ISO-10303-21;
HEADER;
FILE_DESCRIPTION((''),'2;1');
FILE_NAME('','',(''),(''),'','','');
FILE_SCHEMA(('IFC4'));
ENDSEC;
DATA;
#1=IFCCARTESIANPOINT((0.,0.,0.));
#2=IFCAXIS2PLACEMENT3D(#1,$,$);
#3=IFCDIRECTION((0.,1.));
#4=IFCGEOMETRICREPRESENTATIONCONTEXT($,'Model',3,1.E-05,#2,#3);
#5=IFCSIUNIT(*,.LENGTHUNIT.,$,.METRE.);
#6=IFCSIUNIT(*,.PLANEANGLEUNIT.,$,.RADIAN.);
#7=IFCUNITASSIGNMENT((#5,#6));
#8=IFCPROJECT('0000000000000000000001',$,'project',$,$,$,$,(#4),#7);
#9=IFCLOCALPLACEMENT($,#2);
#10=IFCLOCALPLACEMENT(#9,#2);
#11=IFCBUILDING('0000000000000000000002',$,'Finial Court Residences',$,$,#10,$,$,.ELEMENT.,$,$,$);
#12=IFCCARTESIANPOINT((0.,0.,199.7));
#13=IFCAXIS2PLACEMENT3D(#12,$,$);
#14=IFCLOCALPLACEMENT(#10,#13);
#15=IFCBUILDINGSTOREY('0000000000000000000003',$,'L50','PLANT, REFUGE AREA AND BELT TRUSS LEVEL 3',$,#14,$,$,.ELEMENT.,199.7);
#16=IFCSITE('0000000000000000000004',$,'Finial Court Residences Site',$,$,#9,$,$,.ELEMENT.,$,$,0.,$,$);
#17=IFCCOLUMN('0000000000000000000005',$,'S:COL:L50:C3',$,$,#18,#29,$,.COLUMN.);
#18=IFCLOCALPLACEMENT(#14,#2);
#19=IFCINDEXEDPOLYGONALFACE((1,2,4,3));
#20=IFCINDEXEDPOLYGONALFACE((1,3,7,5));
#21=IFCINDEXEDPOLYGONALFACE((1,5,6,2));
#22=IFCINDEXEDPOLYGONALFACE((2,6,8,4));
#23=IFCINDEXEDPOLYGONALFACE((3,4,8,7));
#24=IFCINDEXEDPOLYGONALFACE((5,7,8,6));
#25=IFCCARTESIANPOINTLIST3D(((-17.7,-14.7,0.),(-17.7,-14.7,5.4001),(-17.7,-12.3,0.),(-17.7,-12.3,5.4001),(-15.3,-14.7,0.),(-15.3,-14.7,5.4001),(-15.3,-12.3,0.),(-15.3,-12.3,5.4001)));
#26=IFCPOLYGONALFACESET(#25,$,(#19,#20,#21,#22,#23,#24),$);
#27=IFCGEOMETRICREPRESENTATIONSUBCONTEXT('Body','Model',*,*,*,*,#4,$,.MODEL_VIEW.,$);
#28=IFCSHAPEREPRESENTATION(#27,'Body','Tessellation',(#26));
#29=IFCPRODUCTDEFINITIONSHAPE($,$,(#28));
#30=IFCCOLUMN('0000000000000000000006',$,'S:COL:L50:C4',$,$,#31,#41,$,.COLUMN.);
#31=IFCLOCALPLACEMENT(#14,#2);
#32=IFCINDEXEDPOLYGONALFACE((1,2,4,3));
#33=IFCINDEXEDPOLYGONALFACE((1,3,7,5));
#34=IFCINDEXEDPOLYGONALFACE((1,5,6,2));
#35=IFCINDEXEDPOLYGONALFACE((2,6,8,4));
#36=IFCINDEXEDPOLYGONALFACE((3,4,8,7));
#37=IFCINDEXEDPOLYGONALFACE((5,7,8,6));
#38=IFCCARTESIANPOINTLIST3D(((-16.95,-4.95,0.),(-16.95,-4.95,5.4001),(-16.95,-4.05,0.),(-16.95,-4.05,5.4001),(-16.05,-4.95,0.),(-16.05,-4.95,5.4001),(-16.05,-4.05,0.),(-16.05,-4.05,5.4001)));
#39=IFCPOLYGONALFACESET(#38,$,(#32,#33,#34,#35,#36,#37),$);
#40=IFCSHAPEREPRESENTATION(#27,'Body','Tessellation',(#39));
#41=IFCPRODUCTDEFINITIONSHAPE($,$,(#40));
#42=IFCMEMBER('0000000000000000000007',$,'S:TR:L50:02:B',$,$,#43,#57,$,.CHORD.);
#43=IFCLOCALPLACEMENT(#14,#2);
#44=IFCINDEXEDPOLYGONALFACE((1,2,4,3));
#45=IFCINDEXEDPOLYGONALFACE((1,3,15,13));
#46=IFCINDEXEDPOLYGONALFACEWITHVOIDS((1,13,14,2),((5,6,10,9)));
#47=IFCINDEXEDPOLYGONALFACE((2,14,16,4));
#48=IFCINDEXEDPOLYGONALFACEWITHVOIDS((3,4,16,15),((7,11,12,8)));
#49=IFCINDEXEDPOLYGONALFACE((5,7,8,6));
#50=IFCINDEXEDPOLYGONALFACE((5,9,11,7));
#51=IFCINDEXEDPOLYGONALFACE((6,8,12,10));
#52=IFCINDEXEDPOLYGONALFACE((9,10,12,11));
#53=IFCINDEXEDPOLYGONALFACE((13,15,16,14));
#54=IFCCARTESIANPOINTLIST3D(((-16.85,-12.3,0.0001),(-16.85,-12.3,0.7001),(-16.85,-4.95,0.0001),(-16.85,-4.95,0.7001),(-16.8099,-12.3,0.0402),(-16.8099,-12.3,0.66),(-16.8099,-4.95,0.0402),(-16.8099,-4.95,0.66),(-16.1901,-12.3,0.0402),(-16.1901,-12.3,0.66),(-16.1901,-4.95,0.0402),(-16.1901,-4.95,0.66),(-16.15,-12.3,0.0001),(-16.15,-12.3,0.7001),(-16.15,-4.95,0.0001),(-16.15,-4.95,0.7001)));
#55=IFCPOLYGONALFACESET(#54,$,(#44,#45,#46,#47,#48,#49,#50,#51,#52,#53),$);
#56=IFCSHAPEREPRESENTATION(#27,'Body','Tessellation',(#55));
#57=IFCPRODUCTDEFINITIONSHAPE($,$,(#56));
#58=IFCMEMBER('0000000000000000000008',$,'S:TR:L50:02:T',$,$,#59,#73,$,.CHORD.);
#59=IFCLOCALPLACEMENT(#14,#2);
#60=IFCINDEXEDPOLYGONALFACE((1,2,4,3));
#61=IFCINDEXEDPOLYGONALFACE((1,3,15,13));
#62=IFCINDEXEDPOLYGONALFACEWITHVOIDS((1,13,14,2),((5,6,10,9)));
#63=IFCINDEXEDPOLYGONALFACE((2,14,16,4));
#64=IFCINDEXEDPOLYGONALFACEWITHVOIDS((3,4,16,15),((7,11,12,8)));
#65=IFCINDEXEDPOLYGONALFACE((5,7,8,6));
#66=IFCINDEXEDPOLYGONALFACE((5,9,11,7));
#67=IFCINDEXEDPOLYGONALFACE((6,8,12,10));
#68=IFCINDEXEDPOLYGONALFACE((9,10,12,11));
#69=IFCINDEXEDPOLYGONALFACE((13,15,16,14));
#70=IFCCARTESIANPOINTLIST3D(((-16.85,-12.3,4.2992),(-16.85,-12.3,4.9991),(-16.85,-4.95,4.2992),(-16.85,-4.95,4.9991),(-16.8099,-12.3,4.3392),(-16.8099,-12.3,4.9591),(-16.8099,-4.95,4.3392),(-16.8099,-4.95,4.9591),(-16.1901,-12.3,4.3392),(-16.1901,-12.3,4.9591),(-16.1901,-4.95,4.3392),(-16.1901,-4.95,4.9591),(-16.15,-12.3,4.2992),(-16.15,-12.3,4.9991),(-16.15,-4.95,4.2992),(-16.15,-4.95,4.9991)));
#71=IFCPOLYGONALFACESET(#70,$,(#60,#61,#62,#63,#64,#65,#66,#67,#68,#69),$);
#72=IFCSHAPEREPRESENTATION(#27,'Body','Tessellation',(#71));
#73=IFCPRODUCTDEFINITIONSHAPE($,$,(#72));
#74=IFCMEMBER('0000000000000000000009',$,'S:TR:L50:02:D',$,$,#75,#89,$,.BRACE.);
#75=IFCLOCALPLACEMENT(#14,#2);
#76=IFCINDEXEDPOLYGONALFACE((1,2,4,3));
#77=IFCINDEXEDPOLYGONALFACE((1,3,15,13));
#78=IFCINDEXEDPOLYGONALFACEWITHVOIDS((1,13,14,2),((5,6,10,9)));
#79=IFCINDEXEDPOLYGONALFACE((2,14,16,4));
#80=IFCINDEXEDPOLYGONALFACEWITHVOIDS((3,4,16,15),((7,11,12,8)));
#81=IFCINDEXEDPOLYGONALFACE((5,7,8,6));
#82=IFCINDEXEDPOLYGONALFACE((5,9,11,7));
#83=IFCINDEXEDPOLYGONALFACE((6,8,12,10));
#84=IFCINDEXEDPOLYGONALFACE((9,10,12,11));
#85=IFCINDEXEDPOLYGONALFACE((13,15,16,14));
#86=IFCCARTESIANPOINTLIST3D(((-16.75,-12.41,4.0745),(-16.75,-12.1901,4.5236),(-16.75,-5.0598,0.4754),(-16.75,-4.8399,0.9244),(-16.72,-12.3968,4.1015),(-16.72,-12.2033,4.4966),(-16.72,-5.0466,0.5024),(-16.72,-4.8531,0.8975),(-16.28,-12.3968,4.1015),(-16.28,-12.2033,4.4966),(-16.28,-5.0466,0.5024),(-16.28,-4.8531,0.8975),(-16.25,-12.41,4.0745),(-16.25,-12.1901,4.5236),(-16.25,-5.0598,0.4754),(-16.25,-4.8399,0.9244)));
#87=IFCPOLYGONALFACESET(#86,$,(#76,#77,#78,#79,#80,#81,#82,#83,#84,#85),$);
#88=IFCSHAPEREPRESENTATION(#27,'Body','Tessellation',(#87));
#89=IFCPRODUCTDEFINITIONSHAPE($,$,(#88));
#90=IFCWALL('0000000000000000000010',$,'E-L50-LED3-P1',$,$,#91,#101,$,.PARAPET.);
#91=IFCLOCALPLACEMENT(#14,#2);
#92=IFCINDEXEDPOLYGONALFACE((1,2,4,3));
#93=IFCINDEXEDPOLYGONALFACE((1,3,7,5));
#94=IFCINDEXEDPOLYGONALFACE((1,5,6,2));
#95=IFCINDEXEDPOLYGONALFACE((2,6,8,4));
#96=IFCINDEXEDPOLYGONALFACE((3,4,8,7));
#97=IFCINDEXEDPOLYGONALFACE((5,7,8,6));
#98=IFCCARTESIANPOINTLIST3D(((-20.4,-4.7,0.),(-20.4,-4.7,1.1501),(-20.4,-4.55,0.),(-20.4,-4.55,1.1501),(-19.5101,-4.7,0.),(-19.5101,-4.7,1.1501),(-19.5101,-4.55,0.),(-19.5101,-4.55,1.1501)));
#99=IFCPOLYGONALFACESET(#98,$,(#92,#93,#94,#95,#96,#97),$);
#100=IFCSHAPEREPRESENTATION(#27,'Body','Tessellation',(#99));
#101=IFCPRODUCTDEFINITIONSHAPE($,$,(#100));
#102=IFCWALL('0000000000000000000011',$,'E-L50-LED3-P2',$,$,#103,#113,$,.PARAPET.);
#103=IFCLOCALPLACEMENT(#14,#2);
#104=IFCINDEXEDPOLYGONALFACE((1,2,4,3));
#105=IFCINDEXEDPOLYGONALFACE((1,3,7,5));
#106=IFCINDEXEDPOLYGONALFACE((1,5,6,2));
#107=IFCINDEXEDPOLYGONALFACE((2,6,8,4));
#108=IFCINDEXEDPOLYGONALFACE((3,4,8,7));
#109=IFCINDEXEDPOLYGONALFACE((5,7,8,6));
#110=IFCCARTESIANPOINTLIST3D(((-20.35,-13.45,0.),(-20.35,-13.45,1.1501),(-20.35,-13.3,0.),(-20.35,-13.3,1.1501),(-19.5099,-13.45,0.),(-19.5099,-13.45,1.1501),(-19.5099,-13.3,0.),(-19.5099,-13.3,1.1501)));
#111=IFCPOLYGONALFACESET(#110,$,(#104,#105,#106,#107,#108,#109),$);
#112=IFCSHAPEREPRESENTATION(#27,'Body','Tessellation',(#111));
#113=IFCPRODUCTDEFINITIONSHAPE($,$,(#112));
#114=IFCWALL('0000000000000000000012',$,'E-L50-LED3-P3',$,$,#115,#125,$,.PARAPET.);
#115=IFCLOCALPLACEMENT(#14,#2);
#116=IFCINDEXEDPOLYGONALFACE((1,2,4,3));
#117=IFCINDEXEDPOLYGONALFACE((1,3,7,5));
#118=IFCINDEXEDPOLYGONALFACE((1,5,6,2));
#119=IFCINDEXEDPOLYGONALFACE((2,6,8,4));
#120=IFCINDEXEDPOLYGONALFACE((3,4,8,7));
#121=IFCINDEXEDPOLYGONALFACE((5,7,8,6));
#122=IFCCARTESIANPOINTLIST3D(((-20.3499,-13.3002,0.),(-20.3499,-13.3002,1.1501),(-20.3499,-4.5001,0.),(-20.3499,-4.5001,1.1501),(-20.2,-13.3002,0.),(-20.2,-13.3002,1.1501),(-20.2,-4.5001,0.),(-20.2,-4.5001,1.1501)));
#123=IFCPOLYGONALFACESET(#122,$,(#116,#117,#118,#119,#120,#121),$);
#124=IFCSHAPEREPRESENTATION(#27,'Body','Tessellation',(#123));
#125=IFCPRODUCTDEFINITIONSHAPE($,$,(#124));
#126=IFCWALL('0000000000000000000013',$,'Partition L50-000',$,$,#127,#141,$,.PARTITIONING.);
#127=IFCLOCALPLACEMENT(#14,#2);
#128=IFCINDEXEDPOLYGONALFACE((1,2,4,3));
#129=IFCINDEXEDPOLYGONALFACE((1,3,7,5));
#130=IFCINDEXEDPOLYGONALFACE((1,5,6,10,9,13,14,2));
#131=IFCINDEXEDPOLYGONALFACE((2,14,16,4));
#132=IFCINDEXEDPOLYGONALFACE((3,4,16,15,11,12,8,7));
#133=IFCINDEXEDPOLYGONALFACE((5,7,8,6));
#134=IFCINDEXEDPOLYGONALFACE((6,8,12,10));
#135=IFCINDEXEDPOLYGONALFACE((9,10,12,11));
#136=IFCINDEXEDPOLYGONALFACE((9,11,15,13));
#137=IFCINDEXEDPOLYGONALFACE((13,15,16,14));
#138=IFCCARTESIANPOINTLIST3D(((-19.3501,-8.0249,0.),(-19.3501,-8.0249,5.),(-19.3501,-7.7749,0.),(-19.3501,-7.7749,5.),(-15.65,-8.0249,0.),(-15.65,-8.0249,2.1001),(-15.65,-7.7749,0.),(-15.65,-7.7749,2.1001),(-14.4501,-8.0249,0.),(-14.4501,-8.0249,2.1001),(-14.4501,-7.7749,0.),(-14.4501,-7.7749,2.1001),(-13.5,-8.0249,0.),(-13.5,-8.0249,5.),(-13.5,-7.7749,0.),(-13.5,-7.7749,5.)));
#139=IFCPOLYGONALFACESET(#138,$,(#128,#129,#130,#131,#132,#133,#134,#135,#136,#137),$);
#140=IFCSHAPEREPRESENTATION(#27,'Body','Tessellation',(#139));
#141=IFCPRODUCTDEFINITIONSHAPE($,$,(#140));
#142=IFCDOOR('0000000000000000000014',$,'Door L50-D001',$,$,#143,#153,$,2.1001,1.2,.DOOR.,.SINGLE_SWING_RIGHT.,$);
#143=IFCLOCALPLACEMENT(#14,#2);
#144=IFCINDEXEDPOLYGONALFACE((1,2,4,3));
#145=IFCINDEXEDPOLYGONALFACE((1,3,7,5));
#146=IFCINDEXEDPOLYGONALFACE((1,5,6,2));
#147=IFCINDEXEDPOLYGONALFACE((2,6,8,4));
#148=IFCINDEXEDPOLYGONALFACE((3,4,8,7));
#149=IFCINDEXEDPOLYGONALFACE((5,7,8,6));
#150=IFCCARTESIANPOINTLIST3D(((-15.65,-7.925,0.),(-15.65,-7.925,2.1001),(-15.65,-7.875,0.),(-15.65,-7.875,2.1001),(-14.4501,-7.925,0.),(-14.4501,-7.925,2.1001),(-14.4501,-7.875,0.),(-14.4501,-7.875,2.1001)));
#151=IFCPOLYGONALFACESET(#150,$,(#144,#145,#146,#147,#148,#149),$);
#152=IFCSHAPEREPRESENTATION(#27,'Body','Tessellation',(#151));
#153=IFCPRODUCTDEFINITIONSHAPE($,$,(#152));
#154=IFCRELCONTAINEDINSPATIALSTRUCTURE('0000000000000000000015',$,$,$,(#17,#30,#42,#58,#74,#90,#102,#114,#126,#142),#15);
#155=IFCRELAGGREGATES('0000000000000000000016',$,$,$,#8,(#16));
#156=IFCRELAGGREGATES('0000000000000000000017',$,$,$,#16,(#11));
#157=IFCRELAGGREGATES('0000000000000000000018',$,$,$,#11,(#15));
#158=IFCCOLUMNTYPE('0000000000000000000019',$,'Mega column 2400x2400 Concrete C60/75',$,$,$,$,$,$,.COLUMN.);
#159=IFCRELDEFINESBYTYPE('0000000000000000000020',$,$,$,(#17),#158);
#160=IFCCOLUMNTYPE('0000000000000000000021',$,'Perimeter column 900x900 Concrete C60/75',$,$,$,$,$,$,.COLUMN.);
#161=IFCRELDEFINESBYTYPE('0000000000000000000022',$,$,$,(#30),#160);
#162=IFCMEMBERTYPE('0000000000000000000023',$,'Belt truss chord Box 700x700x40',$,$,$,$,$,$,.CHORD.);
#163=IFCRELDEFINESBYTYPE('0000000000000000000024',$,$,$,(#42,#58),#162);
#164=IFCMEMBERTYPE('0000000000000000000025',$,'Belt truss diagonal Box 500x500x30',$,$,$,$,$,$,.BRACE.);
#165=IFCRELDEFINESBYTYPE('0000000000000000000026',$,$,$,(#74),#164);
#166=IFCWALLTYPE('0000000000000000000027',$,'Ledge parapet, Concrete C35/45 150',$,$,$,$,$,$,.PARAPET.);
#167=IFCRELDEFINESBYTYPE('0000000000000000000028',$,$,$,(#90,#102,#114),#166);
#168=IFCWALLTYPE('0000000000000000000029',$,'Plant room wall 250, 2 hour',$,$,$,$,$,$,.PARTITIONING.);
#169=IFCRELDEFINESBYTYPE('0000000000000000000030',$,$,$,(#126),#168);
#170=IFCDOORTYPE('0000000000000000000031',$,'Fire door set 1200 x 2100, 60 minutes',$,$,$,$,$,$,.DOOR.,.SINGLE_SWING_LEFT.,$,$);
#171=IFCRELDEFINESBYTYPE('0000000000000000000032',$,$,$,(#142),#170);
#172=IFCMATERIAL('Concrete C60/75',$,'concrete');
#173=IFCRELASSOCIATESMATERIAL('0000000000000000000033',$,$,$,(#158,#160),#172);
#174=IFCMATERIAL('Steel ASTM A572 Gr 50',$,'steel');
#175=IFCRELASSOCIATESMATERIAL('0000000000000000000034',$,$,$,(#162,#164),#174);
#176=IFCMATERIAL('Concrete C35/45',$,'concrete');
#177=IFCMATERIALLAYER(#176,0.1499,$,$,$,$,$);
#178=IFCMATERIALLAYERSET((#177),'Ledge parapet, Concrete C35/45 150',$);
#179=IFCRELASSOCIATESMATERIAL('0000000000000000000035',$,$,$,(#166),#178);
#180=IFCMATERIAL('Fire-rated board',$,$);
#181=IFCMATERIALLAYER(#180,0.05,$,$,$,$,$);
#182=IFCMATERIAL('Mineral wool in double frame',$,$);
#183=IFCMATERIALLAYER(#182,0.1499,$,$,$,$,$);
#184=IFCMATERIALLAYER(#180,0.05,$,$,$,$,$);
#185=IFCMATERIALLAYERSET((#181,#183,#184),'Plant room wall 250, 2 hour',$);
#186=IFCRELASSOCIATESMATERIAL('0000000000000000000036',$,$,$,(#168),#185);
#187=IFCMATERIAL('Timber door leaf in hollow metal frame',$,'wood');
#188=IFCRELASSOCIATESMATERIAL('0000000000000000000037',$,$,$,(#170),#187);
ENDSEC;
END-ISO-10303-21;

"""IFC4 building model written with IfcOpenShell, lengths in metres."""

from ifc_helpers import new_model, si_unit, direction, frame, frame_2d, origin, origin_2d, place, context, subcontext, project, spatial, rectangle, hollow_rectangle, extrude, material, layer, layer_set, material_profile, profile_set, type_object, element, fill, save


model = new_model("IFC4")

# Units and contexts
model_context = context("Model", 3, precision=1e-05, world=origin(), true_north=direction((0.0, 1.0)))
body_context = subcontext(model_context, "Body", "Model", "MODEL_VIEW")
ifc_project = project(units=[si_unit("LENGTHUNIT", "METRE"), si_unit("PLANEANGLEUNIT", "RADIAN")], contexts=[model_context])

# Site, building, storey
site_placement = place(None, origin())
site = spatial("IfcSite", under=ifc_project, at=site_placement, Name="Finial Court Residences Site", CompositionType="ELEMENT", RefElevation=0.0)
building_placement = place(site_placement, origin())
building = spatial("IfcBuilding", under=site, at=building_placement, Name="Finial Court Residences", CompositionType="ELEMENT")
storey_placement = place(building_placement, frame((0.0, 0.0, 199.7)))
storey = spatial("IfcBuildingStorey", under=building, at=storey_placement, Name="L50", Description="PLANT, REFUGE AREA AND BELT TRUSS LEVEL 3", CompositionType="ELEMENT", Elevation=199.7)

# Columns
ifc_material_1 = material(Name="Concrete C60/75", Category="concrete")
ifc_material_profile_1 = material_profile(ifc_material_1, rectangle(XDim=2.3999, YDim=2.3999, at=origin_2d()), Name="2400x2400")
ifc_profile_set_1 = profile_set([ifc_material_profile_1], Name="Concrete C60/75")
column_type_1 = type_object("IfcColumnType", Name="Mega column 2400x2400 Concrete C60/75", PredefinedType="COLUMN", material=ifc_profile_set_1)
column_1_placement = place(storey_placement, frame((-16.5, -13.5, 0.0), z_axis=(0.0, 0.0, 1.0), x_axis=(1.0, 0.0, 0.0)))
element("IfcColumn", 1, at=column_1_placement, inside=storey, type_object=column_type_1, Name="S:COL:L50:C3", PredefinedType="COLUMN", context=body_context, shape_type="SweptSolid", body=[
    extrude(rectangle(XDim=2.3999, YDim=2.3999, at=origin_2d()), origin(), (0.0, 0.0, 1.0), 5.4001),
])
ifc_material_profile_2 = material_profile(ifc_material_1, rectangle(XDim=0.8999, YDim=0.8999, at=origin_2d()), Name="900x900")
ifc_profile_set_2 = profile_set([ifc_material_profile_2], Name="Concrete C60/75")
column_type_2 = type_object("IfcColumnType", Name="Perimeter column 900x900 Concrete C60/75", PredefinedType="COLUMN", material=ifc_profile_set_2)
column_2_placement = place(storey_placement, frame((-16.5, -4.5, 0.0), z_axis=(0.0, 0.0, 1.0), x_axis=(1.0, 0.0, 0.0)))
element("IfcColumn", 2, at=column_2_placement, inside=storey, type_object=column_type_2, Name="S:COL:L50:C4", PredefinedType="COLUMN", context=body_context, shape_type="SweptSolid", body=[
    extrude(rectangle(XDim=0.8999, YDim=0.8999, at=origin_2d()), origin(), (0.0, 0.0, 1.0), 5.4001),
])

# Members
ifc_material_2 = material(Name="Steel ASTM A572 Gr 50", Category="steel")
ifc_material_profile_3 = material_profile(ifc_material_2, hollow_rectangle(XDim=0.7, YDim=0.7, WallThickness=0.04, at=origin_2d()), Name="Box 700x700x40")
ifc_profile_set_3 = profile_set([ifc_material_profile_3], Name="Steel ASTM A572 Gr 50")
member_type_1 = type_object("IfcMemberType", Name="Belt truss chord Box 700x700x40", PredefinedType="CHORD", material=ifc_profile_set_3)
for number, where, z_axis, x_axis, name in (
    (3, (-16.5, -12.3, 0.3501), (0.0, 1.0, 0.0), (-1.0, 0.0, 0.0), "S:TR:L50:02:B"),
    (4, (-16.5, -12.3, 4.6492), (0.0, 1.0, 0.0), (-1.0, 0.0, 0.0), "S:TR:L50:02:T"),
):
    element("IfcMember", number, at=place(storey_placement, frame(where, z_axis=z_axis, x_axis=x_axis)), inside=storey, type_object=member_type_1, Name=name, PredefinedType="CHORD", context=body_context, shape_type="SweptSolid", body=[
        extrude(hollow_rectangle(XDim=0.7, YDim=0.7, WallThickness=0.04, at=origin_2d()), origin(), (0.0, 0.0, 1.0), 7.3501),
    ])
ifc_material_profile_4 = material_profile(ifc_material_2, hollow_rectangle(XDim=0.5, YDim=0.5, WallThickness=0.03, at=origin_2d()), Name="Box 500x500x30")
ifc_profile_set_4 = profile_set([ifc_material_profile_4], Name="Steel ASTM A572 Gr 50")
member_type_2 = type_object("IfcMemberType", Name="Belt truss diagonal Box 500x500x30", PredefinedType="BRACE", material=ifc_profile_set_4)
member_placement = place(storey_placement, frame((-16.5, -12.3, 4.2991), z_axis=(0.0, 0.898107, -0.439776), x_axis=(-1.0, 0.0, 0.0)))
element("IfcMember", 5, at=member_placement, inside=storey, type_object=member_type_2, Name="S:TR:L50:02:D", PredefinedType="BRACE", context=body_context, shape_type="SweptSolid", body=[
    extrude(hollow_rectangle(XDim=0.5, YDim=0.5, WallThickness=0.03, at=origin_2d()), origin(), (0.0, 0.0, 1.0), 8.1841),
])

# Walls
ifc_material_3 = material(Name="Concrete C35/45", Category="concrete")
ifc_layer_1 = layer(ifc_material_3, 0.1499)
ifc_layer_set_1 = layer_set([ifc_layer_1], Name="Ledge parapet, Concrete C35/45 150")
wall_type_1 = type_object("IfcWallType", Name="Ledge parapet, Concrete C35/45 150", PredefinedType="PARAPET", material=ifc_layer_set_1)
wall_1_placement = place(storey_placement, frame((-20.3999, -4.625, 0.0), z_axis=(0.0, 0.0, 1.0), x_axis=(1.0, 0.0, 0.0)))
element("IfcWall", 6, at=wall_1_placement, inside=storey, type_object=wall_type_1, Name="E-L50-LED3-P1", PredefinedType="PARAPET", context=body_context, shape_type="SweptSolid", body=[
    extrude(rectangle(XDim=0.8899, YDim=0.1499, at=frame_2d((0.4448, 0.0))), origin(), (0.0, 0.0, 1.0), 1.1501),
])
wall_2_placement = place(storey_placement, frame((-19.51, -13.375, 0.0), z_axis=(0.0, 0.0, 1.0), x_axis=(-1.0, 0.0, 0.0)))
element("IfcWall", 7, at=wall_2_placement, inside=storey, type_object=wall_type_1, Name="E-L50-LED3-P2", PredefinedType="PARAPET", context=body_context, shape_type="SweptSolid", body=[
    extrude(rectangle(XDim=0.8401, YDim=0.1499, at=frame_2d((0.4199, 0.0))), origin(), (0.0, 0.0, 1.0), 1.1501),
])
wall_3_placement = place(storey_placement, frame((-20.2749, -13.3, 0.0), z_axis=(0.0, 0.0, 1.0), x_axis=(0.0, 1.0, 0.0)))
element("IfcWall", 8, at=wall_3_placement, inside=storey, type_object=wall_type_1, Name="E-L50-LED3-P3", PredefinedType="PARAPET", context=body_context, shape_type="SweptSolid", body=[
    extrude(rectangle(XDim=8.8, YDim=0.1499, at=frame_2d((4.3999, 0.0))), origin(), (0.0, 0.0, 1.0), 1.1501),
])

# Wall, opening, door
ifc_material_4 = material(Name="Fire-rated board")
ifc_layer_2 = layer(ifc_material_4, 0.05)
ifc_material_5 = material(Name="Mineral wool in double frame")
ifc_layer_3 = layer(ifc_material_5, 0.1499)
ifc_layer_4 = layer(ifc_material_4, 0.05)
ifc_layer_set_2 = layer_set([ifc_layer_2, ifc_layer_3, ifc_layer_4], Name="Plant room wall 250, 2 hour")
wall_type_2 = type_object("IfcWallType", Name="Plant room wall 250, 2 hour", PredefinedType="PARTITIONING", material=ifc_layer_set_2)
wall_4_placement = place(storey_placement, frame((-19.3501, -7.8999, 0.0), z_axis=(0.0, 0.0, 1.0), x_axis=(1.0, 0.0, 0.0)))
wall_4 = element("IfcWall", 9, at=wall_4_placement, inside=storey, type_object=wall_type_2, Name="Partition L50-000", PredefinedType="PARTITIONING", context=body_context, shape_type="SweptSolid", body=[
    extrude(rectangle(XDim=5.8501, YDim=0.25, at=frame_2d((2.925, 0.0))), origin(), (0.0, 0.0, 1.0), 5.0),
])
opening_1_placement = place(wall_4_placement, frame((3.7, 0.0, 0.0)))
opening_1 = element("IfcOpeningElement", 10, at=opening_1_placement, cuts=wall_4, PredefinedType="OPENING", context=body_context, shape_type="SweptSolid", body=[
    extrude(rectangle(XDim=1.2, YDim=2.1001, at=frame_2d((0.6001, 1.05))), frame((0.0, 0.135, 0.0), z_axis=(0.0, -1.0, 0.0), x_axis=(1.0, 0.0, 0.0)), (0.0, 0.0, 1.0), 0.27),
])
ifc_material_6 = material(Name="Timber door leaf in hollow metal frame", Category="wood")
door_type = type_object("IfcDoorType", Name="Fire door set 1200 x 2100, 60 minutes", OperationType="SINGLE_SWING_LEFT", PredefinedType="DOOR", material=ifc_material_6)
door_1_placement = place(opening_1_placement, origin())
door_1 = element("IfcDoor", 11, at=door_1_placement, inside=storey, type_object=door_type, Name="Door L50-D001", OperationType="SINGLE_SWING_RIGHT", OverallHeight=2.1001, OverallWidth=1.2, PredefinedType="DOOR", context=body_context, shape_type="SweptSolid", body=[
    extrude(rectangle(XDim=1.2, YDim=2.1001, at=frame_2d((0.6001, 1.05))), frame((0.0, 0.0249, 0.0), z_axis=(0.0, -1.0, 0.0), x_axis=(1.0, 0.0, 0.0)), (0.0, 0.0, 1.0), 0.05),
])
fill(opening_1, door_1)

save(model, "model.ifc")
